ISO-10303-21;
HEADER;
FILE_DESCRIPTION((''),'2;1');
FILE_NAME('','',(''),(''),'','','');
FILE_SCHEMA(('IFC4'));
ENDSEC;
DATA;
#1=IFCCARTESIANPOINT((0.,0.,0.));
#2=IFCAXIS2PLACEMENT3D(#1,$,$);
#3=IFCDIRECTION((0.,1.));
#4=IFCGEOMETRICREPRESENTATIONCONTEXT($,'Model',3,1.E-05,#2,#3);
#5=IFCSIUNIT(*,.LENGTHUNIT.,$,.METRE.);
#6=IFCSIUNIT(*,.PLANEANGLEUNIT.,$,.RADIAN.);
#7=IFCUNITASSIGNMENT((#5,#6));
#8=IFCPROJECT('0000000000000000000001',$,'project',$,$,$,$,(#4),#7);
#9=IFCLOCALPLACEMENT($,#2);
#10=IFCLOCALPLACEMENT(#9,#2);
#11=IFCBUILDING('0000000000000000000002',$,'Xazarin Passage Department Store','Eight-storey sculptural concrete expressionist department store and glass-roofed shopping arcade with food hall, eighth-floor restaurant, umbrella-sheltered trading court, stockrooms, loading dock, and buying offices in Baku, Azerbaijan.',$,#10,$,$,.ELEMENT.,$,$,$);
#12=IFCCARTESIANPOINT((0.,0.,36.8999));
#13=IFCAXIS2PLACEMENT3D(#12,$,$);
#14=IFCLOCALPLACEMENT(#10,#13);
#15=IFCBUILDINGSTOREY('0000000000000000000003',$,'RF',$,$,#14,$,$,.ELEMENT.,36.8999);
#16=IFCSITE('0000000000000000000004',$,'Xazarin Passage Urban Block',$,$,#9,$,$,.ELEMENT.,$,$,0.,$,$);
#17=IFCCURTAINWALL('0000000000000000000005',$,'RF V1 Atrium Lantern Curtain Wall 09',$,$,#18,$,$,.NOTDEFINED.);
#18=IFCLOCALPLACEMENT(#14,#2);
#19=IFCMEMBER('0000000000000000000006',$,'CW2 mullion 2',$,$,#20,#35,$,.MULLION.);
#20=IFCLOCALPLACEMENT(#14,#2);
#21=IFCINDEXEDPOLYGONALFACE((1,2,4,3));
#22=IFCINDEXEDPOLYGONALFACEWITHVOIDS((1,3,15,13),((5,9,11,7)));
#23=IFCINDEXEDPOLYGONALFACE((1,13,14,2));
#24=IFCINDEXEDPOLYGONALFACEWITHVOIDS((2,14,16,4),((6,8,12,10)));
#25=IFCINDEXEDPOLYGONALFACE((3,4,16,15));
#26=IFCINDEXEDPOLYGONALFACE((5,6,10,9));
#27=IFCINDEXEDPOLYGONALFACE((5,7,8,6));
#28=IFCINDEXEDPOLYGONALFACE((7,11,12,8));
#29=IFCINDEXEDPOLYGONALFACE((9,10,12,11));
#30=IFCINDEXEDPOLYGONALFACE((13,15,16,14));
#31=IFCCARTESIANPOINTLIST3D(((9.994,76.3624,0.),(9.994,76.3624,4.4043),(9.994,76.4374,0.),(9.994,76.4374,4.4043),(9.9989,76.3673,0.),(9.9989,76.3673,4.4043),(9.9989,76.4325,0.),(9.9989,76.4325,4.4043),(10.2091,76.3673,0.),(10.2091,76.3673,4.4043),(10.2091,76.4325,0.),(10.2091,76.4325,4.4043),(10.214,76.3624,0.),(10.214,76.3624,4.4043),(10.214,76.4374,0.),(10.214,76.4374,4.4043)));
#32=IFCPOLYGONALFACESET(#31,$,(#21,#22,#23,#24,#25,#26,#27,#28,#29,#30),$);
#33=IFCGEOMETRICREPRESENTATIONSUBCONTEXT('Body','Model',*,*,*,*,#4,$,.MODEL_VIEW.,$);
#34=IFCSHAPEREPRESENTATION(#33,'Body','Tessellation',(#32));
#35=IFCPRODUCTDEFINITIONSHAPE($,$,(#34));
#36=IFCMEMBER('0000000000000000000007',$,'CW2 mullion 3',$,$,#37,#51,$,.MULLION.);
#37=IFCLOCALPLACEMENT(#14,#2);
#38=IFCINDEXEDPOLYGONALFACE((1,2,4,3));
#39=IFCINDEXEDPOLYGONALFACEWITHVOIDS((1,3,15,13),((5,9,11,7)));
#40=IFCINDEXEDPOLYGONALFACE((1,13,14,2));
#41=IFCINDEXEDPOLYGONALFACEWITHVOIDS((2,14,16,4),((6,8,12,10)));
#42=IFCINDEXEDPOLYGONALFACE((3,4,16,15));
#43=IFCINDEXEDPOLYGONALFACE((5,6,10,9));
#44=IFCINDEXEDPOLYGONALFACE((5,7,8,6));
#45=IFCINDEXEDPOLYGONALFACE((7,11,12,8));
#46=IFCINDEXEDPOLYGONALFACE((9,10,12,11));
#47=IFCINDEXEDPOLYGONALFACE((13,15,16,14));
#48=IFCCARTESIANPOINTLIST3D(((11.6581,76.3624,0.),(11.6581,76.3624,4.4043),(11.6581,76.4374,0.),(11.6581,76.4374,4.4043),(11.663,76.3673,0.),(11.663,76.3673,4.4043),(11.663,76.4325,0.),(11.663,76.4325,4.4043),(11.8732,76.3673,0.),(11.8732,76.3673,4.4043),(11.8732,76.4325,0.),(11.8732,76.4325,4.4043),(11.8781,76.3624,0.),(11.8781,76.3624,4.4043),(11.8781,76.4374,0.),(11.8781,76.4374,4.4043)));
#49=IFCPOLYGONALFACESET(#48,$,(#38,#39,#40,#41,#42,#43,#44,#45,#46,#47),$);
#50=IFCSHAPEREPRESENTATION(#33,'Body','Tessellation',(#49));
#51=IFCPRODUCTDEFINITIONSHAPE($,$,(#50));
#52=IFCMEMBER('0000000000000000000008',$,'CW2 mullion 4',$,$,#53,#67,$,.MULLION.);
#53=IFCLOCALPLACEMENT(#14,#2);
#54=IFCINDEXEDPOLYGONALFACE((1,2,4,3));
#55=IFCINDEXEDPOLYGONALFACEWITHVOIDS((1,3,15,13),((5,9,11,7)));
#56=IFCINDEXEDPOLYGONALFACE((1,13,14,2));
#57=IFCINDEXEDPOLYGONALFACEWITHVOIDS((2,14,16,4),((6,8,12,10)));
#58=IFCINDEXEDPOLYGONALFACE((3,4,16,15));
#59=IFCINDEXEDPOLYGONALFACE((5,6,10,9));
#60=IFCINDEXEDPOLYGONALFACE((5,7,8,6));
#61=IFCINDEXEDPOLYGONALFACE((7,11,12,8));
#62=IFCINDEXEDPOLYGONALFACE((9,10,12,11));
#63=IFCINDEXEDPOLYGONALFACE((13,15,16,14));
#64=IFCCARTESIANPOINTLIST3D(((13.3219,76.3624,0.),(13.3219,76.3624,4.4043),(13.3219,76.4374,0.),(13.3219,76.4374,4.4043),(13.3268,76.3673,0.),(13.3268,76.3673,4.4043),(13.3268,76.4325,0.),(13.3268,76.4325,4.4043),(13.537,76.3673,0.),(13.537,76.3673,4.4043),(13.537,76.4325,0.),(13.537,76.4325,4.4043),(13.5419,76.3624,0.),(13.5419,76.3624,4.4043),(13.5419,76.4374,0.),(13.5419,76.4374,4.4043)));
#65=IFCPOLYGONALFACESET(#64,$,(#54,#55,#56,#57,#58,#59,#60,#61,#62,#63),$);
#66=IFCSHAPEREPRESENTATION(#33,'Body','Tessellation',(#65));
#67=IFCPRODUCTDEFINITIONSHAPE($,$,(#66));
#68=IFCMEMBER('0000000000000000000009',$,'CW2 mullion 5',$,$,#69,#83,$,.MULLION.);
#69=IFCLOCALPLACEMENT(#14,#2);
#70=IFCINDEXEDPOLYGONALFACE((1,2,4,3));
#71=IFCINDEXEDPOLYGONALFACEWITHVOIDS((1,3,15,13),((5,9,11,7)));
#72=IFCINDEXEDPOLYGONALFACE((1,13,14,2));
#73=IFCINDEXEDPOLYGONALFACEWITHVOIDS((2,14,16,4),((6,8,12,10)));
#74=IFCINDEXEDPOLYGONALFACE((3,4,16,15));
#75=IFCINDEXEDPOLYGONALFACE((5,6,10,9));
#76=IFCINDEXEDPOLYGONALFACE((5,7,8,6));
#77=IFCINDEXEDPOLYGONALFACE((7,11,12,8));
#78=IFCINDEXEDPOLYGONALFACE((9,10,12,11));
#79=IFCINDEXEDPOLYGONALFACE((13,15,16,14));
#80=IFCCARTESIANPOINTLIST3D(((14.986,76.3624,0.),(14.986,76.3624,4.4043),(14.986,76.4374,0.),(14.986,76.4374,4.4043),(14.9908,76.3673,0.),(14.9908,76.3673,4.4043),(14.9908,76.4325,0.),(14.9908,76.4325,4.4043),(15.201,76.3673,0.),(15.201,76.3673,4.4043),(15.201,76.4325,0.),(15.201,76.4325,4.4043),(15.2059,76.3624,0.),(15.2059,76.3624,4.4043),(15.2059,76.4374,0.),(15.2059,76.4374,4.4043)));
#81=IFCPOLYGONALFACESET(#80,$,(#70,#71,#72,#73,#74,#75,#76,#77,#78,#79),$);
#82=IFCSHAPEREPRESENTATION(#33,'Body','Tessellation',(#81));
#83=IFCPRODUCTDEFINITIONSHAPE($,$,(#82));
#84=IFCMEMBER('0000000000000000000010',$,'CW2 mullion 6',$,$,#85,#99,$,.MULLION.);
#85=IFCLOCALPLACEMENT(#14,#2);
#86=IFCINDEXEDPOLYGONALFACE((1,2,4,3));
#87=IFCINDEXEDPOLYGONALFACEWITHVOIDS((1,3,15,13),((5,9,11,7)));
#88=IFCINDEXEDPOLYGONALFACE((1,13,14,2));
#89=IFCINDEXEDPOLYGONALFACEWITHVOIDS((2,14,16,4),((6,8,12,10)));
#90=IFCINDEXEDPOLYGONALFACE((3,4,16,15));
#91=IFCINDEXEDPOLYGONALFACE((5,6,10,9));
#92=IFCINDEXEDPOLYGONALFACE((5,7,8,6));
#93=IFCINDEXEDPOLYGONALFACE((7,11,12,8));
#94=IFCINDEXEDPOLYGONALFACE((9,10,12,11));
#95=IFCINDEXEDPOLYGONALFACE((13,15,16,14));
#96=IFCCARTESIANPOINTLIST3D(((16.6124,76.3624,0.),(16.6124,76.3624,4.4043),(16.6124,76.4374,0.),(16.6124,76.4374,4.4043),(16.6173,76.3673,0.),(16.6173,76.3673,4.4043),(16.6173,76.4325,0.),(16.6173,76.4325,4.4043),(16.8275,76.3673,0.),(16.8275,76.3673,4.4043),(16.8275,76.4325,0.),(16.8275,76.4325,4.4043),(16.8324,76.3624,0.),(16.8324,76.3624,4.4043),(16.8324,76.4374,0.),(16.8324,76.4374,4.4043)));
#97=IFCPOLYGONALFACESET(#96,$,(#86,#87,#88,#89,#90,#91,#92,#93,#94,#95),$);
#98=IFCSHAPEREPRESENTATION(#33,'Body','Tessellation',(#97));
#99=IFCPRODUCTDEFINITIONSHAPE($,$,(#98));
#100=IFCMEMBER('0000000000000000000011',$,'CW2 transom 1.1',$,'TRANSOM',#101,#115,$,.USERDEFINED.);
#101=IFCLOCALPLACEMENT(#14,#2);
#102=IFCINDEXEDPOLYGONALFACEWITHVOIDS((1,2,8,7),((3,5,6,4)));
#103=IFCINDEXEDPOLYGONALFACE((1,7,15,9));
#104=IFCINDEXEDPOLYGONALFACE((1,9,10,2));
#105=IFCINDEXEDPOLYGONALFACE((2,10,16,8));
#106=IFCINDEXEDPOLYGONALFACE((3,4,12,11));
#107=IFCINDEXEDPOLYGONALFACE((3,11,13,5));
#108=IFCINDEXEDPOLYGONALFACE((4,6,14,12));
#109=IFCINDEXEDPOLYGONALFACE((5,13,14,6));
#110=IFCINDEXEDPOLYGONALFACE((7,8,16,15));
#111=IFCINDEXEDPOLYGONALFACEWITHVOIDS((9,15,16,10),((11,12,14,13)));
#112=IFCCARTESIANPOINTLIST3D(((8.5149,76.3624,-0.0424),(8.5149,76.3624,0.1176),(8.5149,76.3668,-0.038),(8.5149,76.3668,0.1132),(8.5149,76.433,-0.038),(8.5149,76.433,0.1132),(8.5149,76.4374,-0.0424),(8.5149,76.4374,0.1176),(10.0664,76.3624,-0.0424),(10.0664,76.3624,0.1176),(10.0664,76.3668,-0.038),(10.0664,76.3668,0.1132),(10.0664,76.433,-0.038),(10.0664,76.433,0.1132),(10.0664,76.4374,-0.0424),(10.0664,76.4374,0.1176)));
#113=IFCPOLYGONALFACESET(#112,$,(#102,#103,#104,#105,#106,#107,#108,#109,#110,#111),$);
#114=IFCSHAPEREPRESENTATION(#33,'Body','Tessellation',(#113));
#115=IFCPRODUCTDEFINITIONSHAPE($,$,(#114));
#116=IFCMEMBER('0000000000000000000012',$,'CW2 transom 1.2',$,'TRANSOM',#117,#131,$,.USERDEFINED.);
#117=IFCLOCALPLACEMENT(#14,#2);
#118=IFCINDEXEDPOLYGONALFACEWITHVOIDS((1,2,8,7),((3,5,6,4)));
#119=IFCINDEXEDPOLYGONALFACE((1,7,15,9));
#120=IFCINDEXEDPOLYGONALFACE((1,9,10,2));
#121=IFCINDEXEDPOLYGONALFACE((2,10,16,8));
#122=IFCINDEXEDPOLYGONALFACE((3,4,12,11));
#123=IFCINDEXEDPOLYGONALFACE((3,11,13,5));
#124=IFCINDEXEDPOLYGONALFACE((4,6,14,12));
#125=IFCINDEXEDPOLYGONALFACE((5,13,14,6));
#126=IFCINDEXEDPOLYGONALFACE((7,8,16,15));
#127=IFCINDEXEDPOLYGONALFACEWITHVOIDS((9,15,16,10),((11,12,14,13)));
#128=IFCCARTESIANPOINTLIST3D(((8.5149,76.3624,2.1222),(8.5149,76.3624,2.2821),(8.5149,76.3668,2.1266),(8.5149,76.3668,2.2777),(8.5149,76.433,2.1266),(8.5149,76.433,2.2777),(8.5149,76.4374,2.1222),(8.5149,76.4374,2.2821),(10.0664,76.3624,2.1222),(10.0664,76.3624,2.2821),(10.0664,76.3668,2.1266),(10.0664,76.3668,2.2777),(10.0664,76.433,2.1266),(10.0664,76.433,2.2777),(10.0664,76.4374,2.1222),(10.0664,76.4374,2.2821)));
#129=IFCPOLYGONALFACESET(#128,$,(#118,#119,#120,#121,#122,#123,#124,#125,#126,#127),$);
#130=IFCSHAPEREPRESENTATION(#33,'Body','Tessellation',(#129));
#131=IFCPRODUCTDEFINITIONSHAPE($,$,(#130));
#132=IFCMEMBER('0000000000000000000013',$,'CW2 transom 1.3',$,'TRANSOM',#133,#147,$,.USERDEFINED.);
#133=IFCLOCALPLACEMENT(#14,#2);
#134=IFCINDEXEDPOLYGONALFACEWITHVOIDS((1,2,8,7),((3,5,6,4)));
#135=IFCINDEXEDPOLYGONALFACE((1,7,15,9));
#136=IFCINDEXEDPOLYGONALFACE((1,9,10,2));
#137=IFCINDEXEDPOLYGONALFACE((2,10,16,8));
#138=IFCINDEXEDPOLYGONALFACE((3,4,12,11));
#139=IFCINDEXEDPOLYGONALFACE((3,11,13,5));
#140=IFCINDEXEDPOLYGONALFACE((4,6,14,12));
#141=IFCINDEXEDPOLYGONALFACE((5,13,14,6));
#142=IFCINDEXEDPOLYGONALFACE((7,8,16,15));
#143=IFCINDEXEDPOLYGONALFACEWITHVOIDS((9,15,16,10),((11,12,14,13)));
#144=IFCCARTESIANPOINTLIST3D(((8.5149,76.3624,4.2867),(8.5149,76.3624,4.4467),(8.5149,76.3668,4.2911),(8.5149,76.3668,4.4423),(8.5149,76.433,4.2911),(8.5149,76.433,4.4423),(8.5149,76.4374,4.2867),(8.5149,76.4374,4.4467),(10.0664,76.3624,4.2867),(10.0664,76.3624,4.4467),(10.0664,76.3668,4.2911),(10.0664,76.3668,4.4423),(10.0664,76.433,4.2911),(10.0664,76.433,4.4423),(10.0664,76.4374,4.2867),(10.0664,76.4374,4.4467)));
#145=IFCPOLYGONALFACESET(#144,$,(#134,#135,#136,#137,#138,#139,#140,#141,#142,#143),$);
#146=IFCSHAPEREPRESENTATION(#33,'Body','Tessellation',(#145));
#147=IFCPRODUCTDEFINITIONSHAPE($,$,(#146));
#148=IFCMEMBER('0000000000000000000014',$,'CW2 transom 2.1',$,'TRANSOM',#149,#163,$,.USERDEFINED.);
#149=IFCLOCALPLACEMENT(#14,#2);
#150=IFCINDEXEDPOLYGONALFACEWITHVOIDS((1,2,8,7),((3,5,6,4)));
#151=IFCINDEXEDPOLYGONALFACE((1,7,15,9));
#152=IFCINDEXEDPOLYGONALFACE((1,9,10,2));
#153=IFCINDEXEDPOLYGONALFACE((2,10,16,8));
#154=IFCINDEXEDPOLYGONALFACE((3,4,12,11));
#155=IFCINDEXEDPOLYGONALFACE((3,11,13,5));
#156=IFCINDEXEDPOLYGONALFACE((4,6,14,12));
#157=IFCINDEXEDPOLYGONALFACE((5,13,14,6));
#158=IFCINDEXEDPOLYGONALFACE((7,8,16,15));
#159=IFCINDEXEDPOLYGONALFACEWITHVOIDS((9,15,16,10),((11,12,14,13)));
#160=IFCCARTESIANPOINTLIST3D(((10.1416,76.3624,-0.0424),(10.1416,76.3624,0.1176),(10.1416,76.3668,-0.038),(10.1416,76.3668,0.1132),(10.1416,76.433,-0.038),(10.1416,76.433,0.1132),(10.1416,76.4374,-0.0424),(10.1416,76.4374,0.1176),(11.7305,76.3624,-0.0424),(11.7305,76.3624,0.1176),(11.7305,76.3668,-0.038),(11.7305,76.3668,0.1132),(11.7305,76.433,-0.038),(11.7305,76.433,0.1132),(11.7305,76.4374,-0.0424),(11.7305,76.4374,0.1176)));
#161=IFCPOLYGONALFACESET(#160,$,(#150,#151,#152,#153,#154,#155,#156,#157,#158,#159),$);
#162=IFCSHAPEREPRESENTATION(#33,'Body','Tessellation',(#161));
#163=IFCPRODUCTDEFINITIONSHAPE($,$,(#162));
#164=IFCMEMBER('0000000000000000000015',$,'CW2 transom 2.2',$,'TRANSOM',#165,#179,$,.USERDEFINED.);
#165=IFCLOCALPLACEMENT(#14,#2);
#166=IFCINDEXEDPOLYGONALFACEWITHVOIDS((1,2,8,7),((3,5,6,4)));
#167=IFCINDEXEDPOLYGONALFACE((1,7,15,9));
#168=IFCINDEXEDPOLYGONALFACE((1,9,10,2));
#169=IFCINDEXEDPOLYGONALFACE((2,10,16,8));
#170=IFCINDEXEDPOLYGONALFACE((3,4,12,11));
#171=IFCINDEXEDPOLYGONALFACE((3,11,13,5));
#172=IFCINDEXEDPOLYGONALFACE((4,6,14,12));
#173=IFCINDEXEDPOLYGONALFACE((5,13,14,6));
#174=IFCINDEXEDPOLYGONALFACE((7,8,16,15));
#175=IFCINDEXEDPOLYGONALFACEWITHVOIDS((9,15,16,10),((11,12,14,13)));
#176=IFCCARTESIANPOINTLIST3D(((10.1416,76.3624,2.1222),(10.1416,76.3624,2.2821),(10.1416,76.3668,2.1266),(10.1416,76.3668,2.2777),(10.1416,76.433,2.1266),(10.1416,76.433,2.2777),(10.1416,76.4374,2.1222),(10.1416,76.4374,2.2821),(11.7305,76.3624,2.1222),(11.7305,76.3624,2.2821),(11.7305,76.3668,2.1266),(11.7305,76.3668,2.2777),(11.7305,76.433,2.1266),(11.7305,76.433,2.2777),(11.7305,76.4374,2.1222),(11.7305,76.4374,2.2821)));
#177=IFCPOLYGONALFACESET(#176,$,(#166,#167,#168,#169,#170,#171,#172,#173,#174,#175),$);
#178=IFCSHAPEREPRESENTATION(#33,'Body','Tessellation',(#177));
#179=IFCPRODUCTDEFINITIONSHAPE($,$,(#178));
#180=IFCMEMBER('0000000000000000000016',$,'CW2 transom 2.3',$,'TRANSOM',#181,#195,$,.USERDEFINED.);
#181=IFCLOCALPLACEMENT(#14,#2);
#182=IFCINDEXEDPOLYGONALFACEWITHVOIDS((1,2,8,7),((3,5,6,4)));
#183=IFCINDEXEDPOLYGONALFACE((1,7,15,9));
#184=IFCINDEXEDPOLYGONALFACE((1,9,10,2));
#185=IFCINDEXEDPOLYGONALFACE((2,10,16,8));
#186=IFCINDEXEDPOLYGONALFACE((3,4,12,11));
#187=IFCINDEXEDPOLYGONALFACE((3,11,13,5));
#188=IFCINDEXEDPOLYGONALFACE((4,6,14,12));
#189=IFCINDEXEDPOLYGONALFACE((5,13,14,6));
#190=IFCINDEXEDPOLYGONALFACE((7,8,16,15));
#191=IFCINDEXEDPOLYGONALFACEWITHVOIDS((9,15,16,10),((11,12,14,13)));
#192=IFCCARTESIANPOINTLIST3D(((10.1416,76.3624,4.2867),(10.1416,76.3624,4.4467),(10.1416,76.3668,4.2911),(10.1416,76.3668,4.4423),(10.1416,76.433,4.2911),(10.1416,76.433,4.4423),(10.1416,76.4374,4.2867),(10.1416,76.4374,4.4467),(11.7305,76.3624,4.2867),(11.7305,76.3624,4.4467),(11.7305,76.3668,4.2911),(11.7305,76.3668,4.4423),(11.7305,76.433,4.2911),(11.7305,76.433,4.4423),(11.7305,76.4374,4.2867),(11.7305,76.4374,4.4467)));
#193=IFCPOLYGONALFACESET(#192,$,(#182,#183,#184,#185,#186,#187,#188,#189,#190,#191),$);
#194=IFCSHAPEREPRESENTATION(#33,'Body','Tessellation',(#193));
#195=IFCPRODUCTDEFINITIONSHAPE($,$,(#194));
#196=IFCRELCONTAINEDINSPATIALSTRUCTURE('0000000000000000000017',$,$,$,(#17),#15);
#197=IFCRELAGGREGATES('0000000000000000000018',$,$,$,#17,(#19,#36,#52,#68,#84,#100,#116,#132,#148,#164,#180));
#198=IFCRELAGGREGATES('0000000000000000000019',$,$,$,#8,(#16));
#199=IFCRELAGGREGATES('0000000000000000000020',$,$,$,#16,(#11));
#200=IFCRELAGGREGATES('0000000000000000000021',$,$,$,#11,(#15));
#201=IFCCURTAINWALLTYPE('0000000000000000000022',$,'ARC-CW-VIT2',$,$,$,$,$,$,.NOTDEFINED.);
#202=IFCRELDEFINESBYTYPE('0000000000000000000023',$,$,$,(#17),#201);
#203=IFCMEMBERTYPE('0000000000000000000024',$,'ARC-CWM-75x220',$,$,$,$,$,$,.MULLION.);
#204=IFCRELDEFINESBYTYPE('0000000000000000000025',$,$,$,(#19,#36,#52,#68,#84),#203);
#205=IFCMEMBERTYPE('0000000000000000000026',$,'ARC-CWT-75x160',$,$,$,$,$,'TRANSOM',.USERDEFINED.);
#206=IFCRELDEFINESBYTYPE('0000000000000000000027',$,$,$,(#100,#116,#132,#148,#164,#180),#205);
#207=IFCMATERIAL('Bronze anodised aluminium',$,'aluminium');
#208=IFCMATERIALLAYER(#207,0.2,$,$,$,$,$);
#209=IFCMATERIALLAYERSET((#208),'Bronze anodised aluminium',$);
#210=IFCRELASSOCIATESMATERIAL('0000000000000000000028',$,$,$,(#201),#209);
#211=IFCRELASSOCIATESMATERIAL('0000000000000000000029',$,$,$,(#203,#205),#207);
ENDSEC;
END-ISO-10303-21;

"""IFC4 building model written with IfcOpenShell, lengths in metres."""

from ifc_helpers import new_model, si_unit, direction, frame, origin, origin_2d, place, context, subcontext, project, spatial, hollow_rectangle, extrude, material, layer, layer_set, material_profile, profile_set, type_object, element, aggregate, save


model = new_model("IFC4")

# Units and contexts
model_context = context("Model", 3, precision=1e-05, world=origin(), true_north=direction((0.0, 1.0)))
body_context = subcontext(model_context, "Body", "Model", "MODEL_VIEW")
ifc_project = project(units=[si_unit("LENGTHUNIT", "METRE"), si_unit("PLANEANGLEUNIT", "RADIAN")], contexts=[model_context])

# Site, building, storey
site_placement = place(None, origin())
site = spatial("IfcSite", under=ifc_project, at=site_placement, Name="Xazarin Passage Urban Block", CompositionType="ELEMENT", RefElevation=0.0)
building_placement = place(site_placement, origin())
building = spatial("IfcBuilding", under=site, at=building_placement, Name="Xazarin Passage Department Store", Description="Eight-storey sculptural concrete expressionist department store and glass-roofed shopping arcade with food hall, eighth-floor restaurant, umbrella-sheltered trading court, stockrooms, loading dock, and buying offices in Baku, Azerbaijan.", CompositionType="ELEMENT")
storey_placement = place(building_placement, frame((0.0, 0.0, 36.8999)))
storey = spatial("IfcBuildingStorey", under=building, at=storey_placement, Name="RF", CompositionType="ELEMENT", Elevation=36.8999)

# Curtain wall, members
ifc_material_1 = material(Name="Bronze anodised aluminium", Category="aluminium")
ifc_layer_1 = layer(ifc_material_1, 0.2)
ifc_layer_set_1 = layer_set([ifc_layer_1], Name="Bronze anodised aluminium")
curtain_wall_type = type_object("IfcCurtainWallType", Name="ARC-CW-VIT2", PredefinedType="NOTDEFINED", material=ifc_layer_set_1)
curtain_wall_placement = place(storey_placement, origin())
curtain_wall = element("IfcCurtainWall", 1, at=curtain_wall_placement, inside=storey, type_object=curtain_wall_type, Name="RF V1 Atrium Lantern Curtain Wall 09", PredefinedType="NOTDEFINED")
ifc_material_profile_1 = material_profile(ifc_material_1, hollow_rectangle(XDim=0.075, YDim=0.22, WallThickness=0.0049, at=origin_2d()), Name="ALU 75x220")
ifc_profile_set_1 = profile_set([ifc_material_profile_1], Name="Bronze anodised aluminium")
member_type_1 = type_object("IfcMemberType", Name="ARC-CWM-75x220", PredefinedType="MULLION", material=ifc_profile_set_1)
member_1_placement = place(storey_placement, frame((10.104, 76.3999, 0.0), z_axis=(0.0, 0.0, 1.0), x_axis=(0.0, 1.0, 0.0)))
member_1 = element("IfcMember", 2, at=member_1_placement, type_object=member_type_1, Name="CW2 mullion 2", PredefinedType="MULLION", context=body_context, shape_type="SweptSolid", body=[
    extrude(hollow_rectangle(XDim=0.075, YDim=0.22, WallThickness=0.0049, at=origin_2d()), origin(), (0.0, 0.0, 1.0), 4.4043),
])
member_2_placement = place(storey_placement, frame((11.7681, 76.3999, 0.0), z_axis=(0.0, 0.0, 1.0), x_axis=(0.0, 1.0, 0.0)))
member_2 = element("IfcMember", 3, at=member_2_placement, type_object=member_type_1, Name="CW2 mullion 3", PredefinedType="MULLION", context=body_context, shape_type="SweptSolid", body=[
    extrude(hollow_rectangle(XDim=0.075, YDim=0.22, WallThickness=0.0049, at=origin_2d()), origin(), (0.0, 0.0, 1.0), 4.4043),
])
member_3_placement = place(storey_placement, frame((13.4319, 76.3999, 0.0), z_axis=(0.0, 0.0, 1.0), x_axis=(0.0, 1.0, 0.0)))
member_3 = element("IfcMember", 4, at=member_3_placement, type_object=member_type_1, Name="CW2 mullion 4", PredefinedType="MULLION", context=body_context, shape_type="SweptSolid", body=[
    extrude(hollow_rectangle(XDim=0.075, YDim=0.22, WallThickness=0.0049, at=origin_2d()), origin(), (0.0, 0.0, 1.0), 4.4043),
])
member_4_placement = place(storey_placement, frame((15.0959, 76.3999, 0.0), z_axis=(0.0, 0.0, 1.0), x_axis=(0.0, 1.0, 0.0)))
member_4 = element("IfcMember", 5, at=member_4_placement, type_object=member_type_1, Name="CW2 mullion 5", PredefinedType="MULLION", context=body_context, shape_type="SweptSolid", body=[
    extrude(hollow_rectangle(XDim=0.075, YDim=0.22, WallThickness=0.0049, at=origin_2d()), origin(), (0.0, 0.0, 1.0), 4.4043),
])
member_5_placement = place(storey_placement, frame((16.7224, 76.3999, 0.0), z_axis=(0.0, 0.0, 1.0), x_axis=(0.0, 1.0, 0.0)))
member_5 = element("IfcMember", 6, at=member_5_placement, type_object=member_type_1, Name="CW2 mullion 6", PredefinedType="MULLION", context=body_context, shape_type="SweptSolid", body=[
    extrude(hollow_rectangle(XDim=0.075, YDim=0.22, WallThickness=0.0049, at=origin_2d()), origin(), (0.0, 0.0, 1.0), 4.4043),
])
ifc_material_profile_2 = material_profile(ifc_material_1, hollow_rectangle(XDim=0.075, YDim=0.1599, WallThickness=0.0044, at=origin_2d()), Name="ALU 75x160")
ifc_profile_set_2 = profile_set([ifc_material_profile_2], Name="Bronze anodised aluminium")
member_type_2 = type_object("IfcMemberType", Name="ARC-CWT-75x160", ElementType="TRANSOM", PredefinedType="USERDEFINED", material=ifc_profile_set_2)
member_6_placement = place(storey_placement, frame((8.5149, 76.3999, 0.0376), z_axis=(1.0, 0.0, 0.0), x_axis=(0.0, 1.0, 0.0)))
member_6 = element("IfcMember", 7, at=member_6_placement, type_object=member_type_2, Name="CW2 transom 1.1", ObjectType="TRANSOM", PredefinedType="USERDEFINED", context=body_context, shape_type="SweptSolid", body=[
    extrude(hollow_rectangle(XDim=0.075, YDim=0.1599, WallThickness=0.0044, at=origin_2d()), origin(), (0.0, 0.0, 1.0), 1.5515),
])
member_7_placement = place(storey_placement, frame((8.5149, 76.3999, 2.2021), z_axis=(1.0, 0.0, 0.0), x_axis=(0.0, 1.0, 0.0)))
member_7 = element("IfcMember", 8, at=member_7_placement, type_object=member_type_2, Name="CW2 transom 1.2", ObjectType="TRANSOM", PredefinedType="USERDEFINED", context=body_context, shape_type="SweptSolid", body=[
    extrude(hollow_rectangle(XDim=0.075, YDim=0.1599, WallThickness=0.0044, at=origin_2d()), origin(), (0.0, 0.0, 1.0), 1.5515),
])
member_8_placement = place(storey_placement, frame((8.5149, 76.3999, 4.3667), z_axis=(1.0, 0.0, 0.0), x_axis=(0.0, 1.0, 0.0)))
member_8 = element("IfcMember", 9, at=member_8_placement, type_object=member_type_2, Name="CW2 transom 1.3", ObjectType="TRANSOM", PredefinedType="USERDEFINED", context=body_context, shape_type="SweptSolid", body=[
    extrude(hollow_rectangle(XDim=0.075, YDim=0.1599, WallThickness=0.0044, at=origin_2d()), origin(), (0.0, 0.0, 1.0), 1.5515),
])
member_9_placement = place(storey_placement, frame((10.1416, 76.3999, 0.0376), z_axis=(1.0, 0.0, 0.0), x_axis=(0.0, 1.0, 0.0)))
member_9 = element("IfcMember", 10, at=member_9_placement, type_object=member_type_2, Name="CW2 transom 2.1", ObjectType="TRANSOM", PredefinedType="USERDEFINED", context=body_context, shape_type="SweptSolid", body=[
    extrude(hollow_rectangle(XDim=0.075, YDim=0.1599, WallThickness=0.0044, at=origin_2d()), origin(), (0.0, 0.0, 1.0), 1.5889),
])
member_10_placement = place(storey_placement, frame((10.1416, 76.3999, 2.2021), z_axis=(1.0, 0.0, 0.0), x_axis=(0.0, 1.0, 0.0)))
member_10 = element("IfcMember", 11, at=member_10_placement, type_object=member_type_2, Name="CW2 transom 2.2", ObjectType="TRANSOM", PredefinedType="USERDEFINED", context=body_context, shape_type="SweptSolid", body=[
    extrude(hollow_rectangle(XDim=0.075, YDim=0.1599, WallThickness=0.0044, at=origin_2d()), origin(), (0.0, 0.0, 1.0), 1.5889),
])
member_11_placement = place(storey_placement, frame((10.1416, 76.3999, 4.3667), z_axis=(1.0, 0.0, 0.0), x_axis=(0.0, 1.0, 0.0)))
member_11 = element("IfcMember", 12, at=member_11_placement, type_object=member_type_2, Name="CW2 transom 2.3", ObjectType="TRANSOM", PredefinedType="USERDEFINED", context=body_context, shape_type="SweptSolid", body=[
    extrude(hollow_rectangle(XDim=0.075, YDim=0.1599, WallThickness=0.0044, at=origin_2d()), origin(), (0.0, 0.0, 1.0), 1.5889),
])
aggregate(curtain_wall, [member_1, member_2, member_3, member_4, member_5, member_6, member_7, member_8, member_9, member_10, member_11])

save(model, "model.ifc")
